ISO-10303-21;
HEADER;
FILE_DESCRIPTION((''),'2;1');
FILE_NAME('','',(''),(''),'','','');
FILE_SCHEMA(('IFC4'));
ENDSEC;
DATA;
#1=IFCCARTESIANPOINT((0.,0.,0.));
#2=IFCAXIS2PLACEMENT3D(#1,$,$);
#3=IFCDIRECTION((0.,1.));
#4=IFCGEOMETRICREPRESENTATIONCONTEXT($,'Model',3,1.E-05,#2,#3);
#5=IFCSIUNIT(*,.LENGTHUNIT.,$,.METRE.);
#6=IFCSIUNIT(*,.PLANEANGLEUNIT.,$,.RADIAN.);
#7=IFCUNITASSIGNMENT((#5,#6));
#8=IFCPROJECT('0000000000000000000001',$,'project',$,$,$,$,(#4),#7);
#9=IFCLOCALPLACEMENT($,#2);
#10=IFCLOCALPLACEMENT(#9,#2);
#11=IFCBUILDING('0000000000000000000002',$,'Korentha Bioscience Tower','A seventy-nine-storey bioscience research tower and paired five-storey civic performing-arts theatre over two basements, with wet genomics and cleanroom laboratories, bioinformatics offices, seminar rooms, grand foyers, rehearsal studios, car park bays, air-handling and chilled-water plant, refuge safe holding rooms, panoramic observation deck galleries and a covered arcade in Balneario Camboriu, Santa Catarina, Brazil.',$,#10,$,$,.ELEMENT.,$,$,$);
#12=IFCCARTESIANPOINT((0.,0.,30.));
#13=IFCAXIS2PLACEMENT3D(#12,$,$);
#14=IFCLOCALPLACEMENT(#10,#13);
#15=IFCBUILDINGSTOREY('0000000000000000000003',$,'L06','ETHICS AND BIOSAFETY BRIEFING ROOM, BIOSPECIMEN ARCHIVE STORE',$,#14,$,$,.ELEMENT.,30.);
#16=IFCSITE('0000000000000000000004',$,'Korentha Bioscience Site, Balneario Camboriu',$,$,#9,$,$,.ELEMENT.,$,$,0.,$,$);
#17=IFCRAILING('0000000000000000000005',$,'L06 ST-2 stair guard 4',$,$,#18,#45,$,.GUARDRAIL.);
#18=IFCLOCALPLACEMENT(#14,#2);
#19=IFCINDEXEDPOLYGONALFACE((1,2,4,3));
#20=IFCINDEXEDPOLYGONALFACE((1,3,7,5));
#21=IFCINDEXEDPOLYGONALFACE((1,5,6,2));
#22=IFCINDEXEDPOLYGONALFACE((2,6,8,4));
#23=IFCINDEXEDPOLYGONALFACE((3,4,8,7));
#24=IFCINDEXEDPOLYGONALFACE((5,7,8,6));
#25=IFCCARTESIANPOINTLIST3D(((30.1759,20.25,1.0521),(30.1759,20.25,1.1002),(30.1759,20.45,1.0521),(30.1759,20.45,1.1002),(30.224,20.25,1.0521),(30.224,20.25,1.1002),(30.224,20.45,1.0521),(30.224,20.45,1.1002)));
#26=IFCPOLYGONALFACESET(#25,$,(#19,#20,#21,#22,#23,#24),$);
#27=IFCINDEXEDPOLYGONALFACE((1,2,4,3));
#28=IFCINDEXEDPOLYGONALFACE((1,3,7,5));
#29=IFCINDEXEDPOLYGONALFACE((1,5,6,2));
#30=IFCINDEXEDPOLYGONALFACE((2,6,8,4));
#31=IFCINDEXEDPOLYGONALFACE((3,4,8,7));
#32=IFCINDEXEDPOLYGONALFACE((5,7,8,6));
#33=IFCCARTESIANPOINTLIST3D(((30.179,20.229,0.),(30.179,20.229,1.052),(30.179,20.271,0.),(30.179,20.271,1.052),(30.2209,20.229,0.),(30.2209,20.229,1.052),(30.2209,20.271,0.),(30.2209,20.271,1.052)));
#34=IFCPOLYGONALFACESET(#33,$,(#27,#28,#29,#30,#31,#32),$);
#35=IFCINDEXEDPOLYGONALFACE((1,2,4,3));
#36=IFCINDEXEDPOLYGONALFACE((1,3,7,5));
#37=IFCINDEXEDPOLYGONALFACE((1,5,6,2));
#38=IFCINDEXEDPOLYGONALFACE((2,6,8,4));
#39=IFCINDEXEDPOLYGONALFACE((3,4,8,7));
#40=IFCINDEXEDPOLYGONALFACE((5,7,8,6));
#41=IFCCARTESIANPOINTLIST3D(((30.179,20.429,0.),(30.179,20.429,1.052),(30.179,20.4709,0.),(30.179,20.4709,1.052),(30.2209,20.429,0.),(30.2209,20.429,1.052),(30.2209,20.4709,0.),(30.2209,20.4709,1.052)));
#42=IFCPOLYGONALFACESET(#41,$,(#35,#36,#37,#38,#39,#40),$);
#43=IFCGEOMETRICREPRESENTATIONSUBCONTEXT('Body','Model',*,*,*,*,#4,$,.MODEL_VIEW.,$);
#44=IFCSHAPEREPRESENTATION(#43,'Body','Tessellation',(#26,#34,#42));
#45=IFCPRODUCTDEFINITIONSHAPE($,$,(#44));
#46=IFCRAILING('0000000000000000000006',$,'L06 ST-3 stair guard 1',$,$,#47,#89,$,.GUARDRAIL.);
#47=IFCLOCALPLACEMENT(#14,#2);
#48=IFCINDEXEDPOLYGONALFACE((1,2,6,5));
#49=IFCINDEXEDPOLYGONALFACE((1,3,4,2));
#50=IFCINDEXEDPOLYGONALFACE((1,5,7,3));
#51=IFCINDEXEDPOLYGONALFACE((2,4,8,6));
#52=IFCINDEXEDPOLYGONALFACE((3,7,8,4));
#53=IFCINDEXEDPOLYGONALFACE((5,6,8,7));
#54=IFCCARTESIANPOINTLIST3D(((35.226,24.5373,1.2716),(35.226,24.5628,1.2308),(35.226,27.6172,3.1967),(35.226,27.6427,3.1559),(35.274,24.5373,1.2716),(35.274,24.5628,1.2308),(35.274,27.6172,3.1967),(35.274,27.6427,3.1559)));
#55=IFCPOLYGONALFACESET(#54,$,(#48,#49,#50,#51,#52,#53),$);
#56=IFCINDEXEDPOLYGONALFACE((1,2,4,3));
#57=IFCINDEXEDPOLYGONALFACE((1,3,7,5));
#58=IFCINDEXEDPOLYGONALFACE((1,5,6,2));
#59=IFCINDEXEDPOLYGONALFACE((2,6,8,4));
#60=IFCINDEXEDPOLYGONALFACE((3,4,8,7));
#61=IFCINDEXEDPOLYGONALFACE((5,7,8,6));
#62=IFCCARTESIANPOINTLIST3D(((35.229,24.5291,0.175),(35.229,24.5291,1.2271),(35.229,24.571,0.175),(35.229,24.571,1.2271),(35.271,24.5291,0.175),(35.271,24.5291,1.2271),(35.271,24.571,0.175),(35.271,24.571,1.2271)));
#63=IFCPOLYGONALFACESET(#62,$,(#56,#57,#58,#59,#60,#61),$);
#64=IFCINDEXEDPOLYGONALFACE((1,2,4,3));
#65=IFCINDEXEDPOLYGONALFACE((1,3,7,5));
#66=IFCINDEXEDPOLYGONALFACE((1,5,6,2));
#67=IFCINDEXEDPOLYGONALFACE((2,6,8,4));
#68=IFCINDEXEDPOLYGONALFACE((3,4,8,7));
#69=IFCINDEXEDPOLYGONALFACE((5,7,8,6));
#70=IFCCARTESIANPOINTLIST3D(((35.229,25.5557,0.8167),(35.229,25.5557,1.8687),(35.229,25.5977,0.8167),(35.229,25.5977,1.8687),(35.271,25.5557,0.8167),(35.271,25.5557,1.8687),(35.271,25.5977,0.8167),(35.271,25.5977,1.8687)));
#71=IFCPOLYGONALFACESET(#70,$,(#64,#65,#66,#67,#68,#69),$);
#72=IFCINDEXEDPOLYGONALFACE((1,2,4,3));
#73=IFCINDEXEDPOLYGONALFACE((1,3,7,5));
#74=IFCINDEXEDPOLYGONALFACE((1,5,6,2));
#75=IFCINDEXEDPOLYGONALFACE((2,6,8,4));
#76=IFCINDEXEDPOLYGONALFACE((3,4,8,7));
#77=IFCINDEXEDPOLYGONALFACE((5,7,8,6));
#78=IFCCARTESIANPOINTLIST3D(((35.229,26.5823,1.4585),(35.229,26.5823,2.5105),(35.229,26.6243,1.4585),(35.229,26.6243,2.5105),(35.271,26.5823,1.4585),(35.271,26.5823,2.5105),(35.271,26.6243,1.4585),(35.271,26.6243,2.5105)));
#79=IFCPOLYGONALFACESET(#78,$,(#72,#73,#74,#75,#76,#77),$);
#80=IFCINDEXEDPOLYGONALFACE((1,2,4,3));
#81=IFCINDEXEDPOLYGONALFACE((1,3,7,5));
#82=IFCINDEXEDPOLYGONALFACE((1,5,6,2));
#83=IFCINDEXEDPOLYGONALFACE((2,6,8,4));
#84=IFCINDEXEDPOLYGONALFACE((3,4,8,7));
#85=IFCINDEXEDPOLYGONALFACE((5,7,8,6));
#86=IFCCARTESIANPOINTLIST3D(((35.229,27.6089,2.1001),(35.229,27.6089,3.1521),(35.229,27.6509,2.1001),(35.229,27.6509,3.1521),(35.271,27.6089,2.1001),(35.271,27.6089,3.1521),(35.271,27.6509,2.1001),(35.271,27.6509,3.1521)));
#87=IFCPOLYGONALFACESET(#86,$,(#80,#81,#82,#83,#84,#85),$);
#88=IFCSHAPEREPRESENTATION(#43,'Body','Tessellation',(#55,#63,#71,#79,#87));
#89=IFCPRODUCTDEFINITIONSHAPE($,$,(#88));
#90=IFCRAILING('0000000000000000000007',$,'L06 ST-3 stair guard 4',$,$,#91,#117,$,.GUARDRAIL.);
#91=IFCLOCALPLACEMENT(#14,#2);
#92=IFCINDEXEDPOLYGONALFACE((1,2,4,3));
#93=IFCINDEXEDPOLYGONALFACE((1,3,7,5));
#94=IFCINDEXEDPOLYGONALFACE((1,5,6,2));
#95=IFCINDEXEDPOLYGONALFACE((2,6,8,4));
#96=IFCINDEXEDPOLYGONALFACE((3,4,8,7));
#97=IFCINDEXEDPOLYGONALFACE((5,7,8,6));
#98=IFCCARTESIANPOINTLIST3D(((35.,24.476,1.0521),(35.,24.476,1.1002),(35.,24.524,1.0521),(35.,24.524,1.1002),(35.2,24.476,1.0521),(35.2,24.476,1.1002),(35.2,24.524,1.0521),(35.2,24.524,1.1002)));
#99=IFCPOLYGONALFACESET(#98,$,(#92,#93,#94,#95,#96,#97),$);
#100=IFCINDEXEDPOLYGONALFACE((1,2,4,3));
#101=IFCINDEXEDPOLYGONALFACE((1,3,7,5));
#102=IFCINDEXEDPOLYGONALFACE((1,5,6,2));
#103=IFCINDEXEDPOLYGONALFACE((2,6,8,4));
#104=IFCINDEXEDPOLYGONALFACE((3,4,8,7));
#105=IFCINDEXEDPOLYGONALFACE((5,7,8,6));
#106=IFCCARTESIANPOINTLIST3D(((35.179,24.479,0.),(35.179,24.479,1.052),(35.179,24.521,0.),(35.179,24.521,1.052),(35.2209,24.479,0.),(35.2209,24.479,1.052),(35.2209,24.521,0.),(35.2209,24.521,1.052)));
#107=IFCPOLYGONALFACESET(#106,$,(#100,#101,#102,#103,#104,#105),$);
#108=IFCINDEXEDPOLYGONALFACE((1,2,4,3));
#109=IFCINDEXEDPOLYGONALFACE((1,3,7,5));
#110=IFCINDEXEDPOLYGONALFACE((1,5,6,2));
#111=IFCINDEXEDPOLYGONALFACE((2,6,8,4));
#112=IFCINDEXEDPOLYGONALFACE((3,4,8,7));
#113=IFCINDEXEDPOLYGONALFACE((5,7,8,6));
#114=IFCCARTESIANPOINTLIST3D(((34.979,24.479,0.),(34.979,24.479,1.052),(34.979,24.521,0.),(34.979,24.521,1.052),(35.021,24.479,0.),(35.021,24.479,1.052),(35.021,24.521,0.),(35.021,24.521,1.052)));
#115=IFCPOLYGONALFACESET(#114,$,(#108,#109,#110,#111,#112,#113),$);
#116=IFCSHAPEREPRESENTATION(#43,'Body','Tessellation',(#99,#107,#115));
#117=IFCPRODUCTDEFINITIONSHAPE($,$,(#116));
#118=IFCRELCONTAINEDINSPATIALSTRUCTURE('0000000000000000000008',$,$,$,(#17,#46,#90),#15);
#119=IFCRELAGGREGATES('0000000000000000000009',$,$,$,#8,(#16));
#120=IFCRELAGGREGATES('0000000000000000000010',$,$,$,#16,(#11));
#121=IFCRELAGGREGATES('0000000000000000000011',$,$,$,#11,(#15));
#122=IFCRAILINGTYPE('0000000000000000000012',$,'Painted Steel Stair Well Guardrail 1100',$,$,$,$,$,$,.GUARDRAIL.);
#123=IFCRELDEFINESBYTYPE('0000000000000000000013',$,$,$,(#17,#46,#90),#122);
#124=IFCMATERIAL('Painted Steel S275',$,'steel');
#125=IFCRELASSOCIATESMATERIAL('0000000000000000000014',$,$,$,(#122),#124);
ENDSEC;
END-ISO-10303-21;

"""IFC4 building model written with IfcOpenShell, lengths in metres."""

from ifc_helpers import new_model, si_unit, direction, frame, origin, origin_2d, place, context, subcontext, project, spatial, rectangle, extrude, material, type_object, element, save


model = new_model("IFC4")

# Units and contexts
model_context = context("Model", 3, precision=1e-05, world=origin(), true_north=direction((0.0, 1.0)))
body_context = subcontext(model_context, "Body", "Model", "MODEL_VIEW")
ifc_project = project(units=[si_unit("LENGTHUNIT", "METRE"), si_unit("PLANEANGLEUNIT", "RADIAN")], contexts=[model_context])

# Site, building, storey
site_placement = place(None, origin())
site = spatial("IfcSite", under=ifc_project, at=site_placement, Name="Korentha Bioscience Site, Balneario Camboriu", CompositionType="ELEMENT", RefElevation=0.0)
building_placement = place(site_placement, origin())
building = spatial("IfcBuilding", under=site, at=building_placement, Name="Korentha Bioscience Tower", Description="A seventy-nine-storey bioscience research tower and paired five-storey civic performing-arts theatre over two basements, with wet genomics and cleanroom laboratories, bioinformatics offices, seminar rooms, grand foyers, rehearsal studios, car park bays, air-handling and chilled-water plant, refuge safe holding rooms, panoramic observation deck galleries and a covered arcade in Balneario Camboriu, Santa Catarina, Brazil.", CompositionType="ELEMENT")
storey_placement = place(building_placement, frame((0.0, 0.0, 30.0)))
storey = spatial("IfcBuildingStorey", under=building, at=storey_placement, Name="L06", Description="ETHICS AND BIOSAFETY BRIEFING ROOM, BIOSPECIMEN ARCHIVE STORE", CompositionType="ELEMENT", Elevation=30.0)

# Railings
ifc_material_1 = material(Name="Painted Steel S275", Category="steel")
railing_type_1 = type_object("IfcRailingType", Name="Painted Steel Stair Well Guardrail 1100", PredefinedType="GUARDRAIL", material=ifc_material_1)
railing_1_placement = place(storey_placement, frame((30.2, 20.25, 0.0)))
element("IfcRailing", 1, at=railing_1_placement, inside=storey, type_object=railing_type_1, Name="L06 ST-2 stair guard 4", PredefinedType="GUARDRAIL", context=body_context, shape_type="SweptSolid", body=[
    extrude(rectangle(XDim=0.0481, YDim=0.0481, at=origin_2d()), frame((0.0, 0.0, 1.0762), z_axis=(0.0, 1.0, 0.0), x_axis=(-1.0, 0.0, 0.0)), (0.0, 0.0, 1.0), 0.2),
    extrude(rectangle(XDim=0.042, YDim=0.042, at=origin_2d()), origin(), (0.0, 0.0, 1.0), 1.052),
    extrude(rectangle(XDim=0.042, YDim=0.042, at=origin_2d()), frame((0.0, 0.2, 0.0)), (0.0, 0.0, 1.0), 1.052),
])
railing_2_placement = place(storey_placement, frame((35.25, 24.55, 0.175)))
element("IfcRailing", 2, at=railing_2_placement, inside=storey, type_object=railing_type_1, Name="L06 ST-3 stair guard 1", PredefinedType="GUARDRAIL", context=body_context, shape_type="SweptSolid", body=[
    extrude(rectangle(XDim=0.0481, YDim=0.0481, at=origin_2d()), frame((0.0, 0.0, 1.0762), z_axis=(0.0, 0.847979, 0.530029), x_axis=(-1.0, 0.0, 0.0)), (0.0, 0.0, 1.0), 3.6321),
    extrude(rectangle(XDim=0.042, YDim=0.042, at=origin_2d()), origin(), (0.0, 0.0, 1.0), 1.052),
    extrude(rectangle(XDim=0.042, YDim=0.042, at=origin_2d()), frame((0.0, 1.0266, 0.6416)), (0.0, 0.0, 1.0), 1.052),
    extrude(rectangle(XDim=0.042, YDim=0.042, at=origin_2d()), frame((0.0, 2.0532, 1.2834)), (0.0, 0.0, 1.0), 1.052),
    extrude(rectangle(XDim=0.042, YDim=0.042, at=origin_2d()), frame((0.0, 3.0798, 1.925)), (0.0, 0.0, 1.0), 1.052),
])
railing_3_placement = place(storey_placement, frame((35.2, 24.5, 0.0)))
element("IfcRailing", 3, at=railing_3_placement, inside=storey, type_object=railing_type_1, Name="L06 ST-3 stair guard 4", PredefinedType="GUARDRAIL", context=body_context, shape_type="SweptSolid", body=[
    extrude(rectangle(XDim=0.0481, YDim=0.0481, at=origin_2d()), frame((0.0, 0.0, 1.0762), z_axis=(-1.0, 0.0, 0.0), x_axis=(0.0, -1.0, 0.0)), (0.0, 0.0, 1.0), 0.2),
    extrude(rectangle(XDim=0.042, YDim=0.042, at=origin_2d()), origin(), (0.0, 0.0, 1.0), 1.052),
    extrude(rectangle(XDim=0.042, YDim=0.042, at=origin_2d()), frame((-0.2, 0.0, 0.0)), (0.0, 0.0, 1.0), 1.052),
])

save(model, "model.ifc")
